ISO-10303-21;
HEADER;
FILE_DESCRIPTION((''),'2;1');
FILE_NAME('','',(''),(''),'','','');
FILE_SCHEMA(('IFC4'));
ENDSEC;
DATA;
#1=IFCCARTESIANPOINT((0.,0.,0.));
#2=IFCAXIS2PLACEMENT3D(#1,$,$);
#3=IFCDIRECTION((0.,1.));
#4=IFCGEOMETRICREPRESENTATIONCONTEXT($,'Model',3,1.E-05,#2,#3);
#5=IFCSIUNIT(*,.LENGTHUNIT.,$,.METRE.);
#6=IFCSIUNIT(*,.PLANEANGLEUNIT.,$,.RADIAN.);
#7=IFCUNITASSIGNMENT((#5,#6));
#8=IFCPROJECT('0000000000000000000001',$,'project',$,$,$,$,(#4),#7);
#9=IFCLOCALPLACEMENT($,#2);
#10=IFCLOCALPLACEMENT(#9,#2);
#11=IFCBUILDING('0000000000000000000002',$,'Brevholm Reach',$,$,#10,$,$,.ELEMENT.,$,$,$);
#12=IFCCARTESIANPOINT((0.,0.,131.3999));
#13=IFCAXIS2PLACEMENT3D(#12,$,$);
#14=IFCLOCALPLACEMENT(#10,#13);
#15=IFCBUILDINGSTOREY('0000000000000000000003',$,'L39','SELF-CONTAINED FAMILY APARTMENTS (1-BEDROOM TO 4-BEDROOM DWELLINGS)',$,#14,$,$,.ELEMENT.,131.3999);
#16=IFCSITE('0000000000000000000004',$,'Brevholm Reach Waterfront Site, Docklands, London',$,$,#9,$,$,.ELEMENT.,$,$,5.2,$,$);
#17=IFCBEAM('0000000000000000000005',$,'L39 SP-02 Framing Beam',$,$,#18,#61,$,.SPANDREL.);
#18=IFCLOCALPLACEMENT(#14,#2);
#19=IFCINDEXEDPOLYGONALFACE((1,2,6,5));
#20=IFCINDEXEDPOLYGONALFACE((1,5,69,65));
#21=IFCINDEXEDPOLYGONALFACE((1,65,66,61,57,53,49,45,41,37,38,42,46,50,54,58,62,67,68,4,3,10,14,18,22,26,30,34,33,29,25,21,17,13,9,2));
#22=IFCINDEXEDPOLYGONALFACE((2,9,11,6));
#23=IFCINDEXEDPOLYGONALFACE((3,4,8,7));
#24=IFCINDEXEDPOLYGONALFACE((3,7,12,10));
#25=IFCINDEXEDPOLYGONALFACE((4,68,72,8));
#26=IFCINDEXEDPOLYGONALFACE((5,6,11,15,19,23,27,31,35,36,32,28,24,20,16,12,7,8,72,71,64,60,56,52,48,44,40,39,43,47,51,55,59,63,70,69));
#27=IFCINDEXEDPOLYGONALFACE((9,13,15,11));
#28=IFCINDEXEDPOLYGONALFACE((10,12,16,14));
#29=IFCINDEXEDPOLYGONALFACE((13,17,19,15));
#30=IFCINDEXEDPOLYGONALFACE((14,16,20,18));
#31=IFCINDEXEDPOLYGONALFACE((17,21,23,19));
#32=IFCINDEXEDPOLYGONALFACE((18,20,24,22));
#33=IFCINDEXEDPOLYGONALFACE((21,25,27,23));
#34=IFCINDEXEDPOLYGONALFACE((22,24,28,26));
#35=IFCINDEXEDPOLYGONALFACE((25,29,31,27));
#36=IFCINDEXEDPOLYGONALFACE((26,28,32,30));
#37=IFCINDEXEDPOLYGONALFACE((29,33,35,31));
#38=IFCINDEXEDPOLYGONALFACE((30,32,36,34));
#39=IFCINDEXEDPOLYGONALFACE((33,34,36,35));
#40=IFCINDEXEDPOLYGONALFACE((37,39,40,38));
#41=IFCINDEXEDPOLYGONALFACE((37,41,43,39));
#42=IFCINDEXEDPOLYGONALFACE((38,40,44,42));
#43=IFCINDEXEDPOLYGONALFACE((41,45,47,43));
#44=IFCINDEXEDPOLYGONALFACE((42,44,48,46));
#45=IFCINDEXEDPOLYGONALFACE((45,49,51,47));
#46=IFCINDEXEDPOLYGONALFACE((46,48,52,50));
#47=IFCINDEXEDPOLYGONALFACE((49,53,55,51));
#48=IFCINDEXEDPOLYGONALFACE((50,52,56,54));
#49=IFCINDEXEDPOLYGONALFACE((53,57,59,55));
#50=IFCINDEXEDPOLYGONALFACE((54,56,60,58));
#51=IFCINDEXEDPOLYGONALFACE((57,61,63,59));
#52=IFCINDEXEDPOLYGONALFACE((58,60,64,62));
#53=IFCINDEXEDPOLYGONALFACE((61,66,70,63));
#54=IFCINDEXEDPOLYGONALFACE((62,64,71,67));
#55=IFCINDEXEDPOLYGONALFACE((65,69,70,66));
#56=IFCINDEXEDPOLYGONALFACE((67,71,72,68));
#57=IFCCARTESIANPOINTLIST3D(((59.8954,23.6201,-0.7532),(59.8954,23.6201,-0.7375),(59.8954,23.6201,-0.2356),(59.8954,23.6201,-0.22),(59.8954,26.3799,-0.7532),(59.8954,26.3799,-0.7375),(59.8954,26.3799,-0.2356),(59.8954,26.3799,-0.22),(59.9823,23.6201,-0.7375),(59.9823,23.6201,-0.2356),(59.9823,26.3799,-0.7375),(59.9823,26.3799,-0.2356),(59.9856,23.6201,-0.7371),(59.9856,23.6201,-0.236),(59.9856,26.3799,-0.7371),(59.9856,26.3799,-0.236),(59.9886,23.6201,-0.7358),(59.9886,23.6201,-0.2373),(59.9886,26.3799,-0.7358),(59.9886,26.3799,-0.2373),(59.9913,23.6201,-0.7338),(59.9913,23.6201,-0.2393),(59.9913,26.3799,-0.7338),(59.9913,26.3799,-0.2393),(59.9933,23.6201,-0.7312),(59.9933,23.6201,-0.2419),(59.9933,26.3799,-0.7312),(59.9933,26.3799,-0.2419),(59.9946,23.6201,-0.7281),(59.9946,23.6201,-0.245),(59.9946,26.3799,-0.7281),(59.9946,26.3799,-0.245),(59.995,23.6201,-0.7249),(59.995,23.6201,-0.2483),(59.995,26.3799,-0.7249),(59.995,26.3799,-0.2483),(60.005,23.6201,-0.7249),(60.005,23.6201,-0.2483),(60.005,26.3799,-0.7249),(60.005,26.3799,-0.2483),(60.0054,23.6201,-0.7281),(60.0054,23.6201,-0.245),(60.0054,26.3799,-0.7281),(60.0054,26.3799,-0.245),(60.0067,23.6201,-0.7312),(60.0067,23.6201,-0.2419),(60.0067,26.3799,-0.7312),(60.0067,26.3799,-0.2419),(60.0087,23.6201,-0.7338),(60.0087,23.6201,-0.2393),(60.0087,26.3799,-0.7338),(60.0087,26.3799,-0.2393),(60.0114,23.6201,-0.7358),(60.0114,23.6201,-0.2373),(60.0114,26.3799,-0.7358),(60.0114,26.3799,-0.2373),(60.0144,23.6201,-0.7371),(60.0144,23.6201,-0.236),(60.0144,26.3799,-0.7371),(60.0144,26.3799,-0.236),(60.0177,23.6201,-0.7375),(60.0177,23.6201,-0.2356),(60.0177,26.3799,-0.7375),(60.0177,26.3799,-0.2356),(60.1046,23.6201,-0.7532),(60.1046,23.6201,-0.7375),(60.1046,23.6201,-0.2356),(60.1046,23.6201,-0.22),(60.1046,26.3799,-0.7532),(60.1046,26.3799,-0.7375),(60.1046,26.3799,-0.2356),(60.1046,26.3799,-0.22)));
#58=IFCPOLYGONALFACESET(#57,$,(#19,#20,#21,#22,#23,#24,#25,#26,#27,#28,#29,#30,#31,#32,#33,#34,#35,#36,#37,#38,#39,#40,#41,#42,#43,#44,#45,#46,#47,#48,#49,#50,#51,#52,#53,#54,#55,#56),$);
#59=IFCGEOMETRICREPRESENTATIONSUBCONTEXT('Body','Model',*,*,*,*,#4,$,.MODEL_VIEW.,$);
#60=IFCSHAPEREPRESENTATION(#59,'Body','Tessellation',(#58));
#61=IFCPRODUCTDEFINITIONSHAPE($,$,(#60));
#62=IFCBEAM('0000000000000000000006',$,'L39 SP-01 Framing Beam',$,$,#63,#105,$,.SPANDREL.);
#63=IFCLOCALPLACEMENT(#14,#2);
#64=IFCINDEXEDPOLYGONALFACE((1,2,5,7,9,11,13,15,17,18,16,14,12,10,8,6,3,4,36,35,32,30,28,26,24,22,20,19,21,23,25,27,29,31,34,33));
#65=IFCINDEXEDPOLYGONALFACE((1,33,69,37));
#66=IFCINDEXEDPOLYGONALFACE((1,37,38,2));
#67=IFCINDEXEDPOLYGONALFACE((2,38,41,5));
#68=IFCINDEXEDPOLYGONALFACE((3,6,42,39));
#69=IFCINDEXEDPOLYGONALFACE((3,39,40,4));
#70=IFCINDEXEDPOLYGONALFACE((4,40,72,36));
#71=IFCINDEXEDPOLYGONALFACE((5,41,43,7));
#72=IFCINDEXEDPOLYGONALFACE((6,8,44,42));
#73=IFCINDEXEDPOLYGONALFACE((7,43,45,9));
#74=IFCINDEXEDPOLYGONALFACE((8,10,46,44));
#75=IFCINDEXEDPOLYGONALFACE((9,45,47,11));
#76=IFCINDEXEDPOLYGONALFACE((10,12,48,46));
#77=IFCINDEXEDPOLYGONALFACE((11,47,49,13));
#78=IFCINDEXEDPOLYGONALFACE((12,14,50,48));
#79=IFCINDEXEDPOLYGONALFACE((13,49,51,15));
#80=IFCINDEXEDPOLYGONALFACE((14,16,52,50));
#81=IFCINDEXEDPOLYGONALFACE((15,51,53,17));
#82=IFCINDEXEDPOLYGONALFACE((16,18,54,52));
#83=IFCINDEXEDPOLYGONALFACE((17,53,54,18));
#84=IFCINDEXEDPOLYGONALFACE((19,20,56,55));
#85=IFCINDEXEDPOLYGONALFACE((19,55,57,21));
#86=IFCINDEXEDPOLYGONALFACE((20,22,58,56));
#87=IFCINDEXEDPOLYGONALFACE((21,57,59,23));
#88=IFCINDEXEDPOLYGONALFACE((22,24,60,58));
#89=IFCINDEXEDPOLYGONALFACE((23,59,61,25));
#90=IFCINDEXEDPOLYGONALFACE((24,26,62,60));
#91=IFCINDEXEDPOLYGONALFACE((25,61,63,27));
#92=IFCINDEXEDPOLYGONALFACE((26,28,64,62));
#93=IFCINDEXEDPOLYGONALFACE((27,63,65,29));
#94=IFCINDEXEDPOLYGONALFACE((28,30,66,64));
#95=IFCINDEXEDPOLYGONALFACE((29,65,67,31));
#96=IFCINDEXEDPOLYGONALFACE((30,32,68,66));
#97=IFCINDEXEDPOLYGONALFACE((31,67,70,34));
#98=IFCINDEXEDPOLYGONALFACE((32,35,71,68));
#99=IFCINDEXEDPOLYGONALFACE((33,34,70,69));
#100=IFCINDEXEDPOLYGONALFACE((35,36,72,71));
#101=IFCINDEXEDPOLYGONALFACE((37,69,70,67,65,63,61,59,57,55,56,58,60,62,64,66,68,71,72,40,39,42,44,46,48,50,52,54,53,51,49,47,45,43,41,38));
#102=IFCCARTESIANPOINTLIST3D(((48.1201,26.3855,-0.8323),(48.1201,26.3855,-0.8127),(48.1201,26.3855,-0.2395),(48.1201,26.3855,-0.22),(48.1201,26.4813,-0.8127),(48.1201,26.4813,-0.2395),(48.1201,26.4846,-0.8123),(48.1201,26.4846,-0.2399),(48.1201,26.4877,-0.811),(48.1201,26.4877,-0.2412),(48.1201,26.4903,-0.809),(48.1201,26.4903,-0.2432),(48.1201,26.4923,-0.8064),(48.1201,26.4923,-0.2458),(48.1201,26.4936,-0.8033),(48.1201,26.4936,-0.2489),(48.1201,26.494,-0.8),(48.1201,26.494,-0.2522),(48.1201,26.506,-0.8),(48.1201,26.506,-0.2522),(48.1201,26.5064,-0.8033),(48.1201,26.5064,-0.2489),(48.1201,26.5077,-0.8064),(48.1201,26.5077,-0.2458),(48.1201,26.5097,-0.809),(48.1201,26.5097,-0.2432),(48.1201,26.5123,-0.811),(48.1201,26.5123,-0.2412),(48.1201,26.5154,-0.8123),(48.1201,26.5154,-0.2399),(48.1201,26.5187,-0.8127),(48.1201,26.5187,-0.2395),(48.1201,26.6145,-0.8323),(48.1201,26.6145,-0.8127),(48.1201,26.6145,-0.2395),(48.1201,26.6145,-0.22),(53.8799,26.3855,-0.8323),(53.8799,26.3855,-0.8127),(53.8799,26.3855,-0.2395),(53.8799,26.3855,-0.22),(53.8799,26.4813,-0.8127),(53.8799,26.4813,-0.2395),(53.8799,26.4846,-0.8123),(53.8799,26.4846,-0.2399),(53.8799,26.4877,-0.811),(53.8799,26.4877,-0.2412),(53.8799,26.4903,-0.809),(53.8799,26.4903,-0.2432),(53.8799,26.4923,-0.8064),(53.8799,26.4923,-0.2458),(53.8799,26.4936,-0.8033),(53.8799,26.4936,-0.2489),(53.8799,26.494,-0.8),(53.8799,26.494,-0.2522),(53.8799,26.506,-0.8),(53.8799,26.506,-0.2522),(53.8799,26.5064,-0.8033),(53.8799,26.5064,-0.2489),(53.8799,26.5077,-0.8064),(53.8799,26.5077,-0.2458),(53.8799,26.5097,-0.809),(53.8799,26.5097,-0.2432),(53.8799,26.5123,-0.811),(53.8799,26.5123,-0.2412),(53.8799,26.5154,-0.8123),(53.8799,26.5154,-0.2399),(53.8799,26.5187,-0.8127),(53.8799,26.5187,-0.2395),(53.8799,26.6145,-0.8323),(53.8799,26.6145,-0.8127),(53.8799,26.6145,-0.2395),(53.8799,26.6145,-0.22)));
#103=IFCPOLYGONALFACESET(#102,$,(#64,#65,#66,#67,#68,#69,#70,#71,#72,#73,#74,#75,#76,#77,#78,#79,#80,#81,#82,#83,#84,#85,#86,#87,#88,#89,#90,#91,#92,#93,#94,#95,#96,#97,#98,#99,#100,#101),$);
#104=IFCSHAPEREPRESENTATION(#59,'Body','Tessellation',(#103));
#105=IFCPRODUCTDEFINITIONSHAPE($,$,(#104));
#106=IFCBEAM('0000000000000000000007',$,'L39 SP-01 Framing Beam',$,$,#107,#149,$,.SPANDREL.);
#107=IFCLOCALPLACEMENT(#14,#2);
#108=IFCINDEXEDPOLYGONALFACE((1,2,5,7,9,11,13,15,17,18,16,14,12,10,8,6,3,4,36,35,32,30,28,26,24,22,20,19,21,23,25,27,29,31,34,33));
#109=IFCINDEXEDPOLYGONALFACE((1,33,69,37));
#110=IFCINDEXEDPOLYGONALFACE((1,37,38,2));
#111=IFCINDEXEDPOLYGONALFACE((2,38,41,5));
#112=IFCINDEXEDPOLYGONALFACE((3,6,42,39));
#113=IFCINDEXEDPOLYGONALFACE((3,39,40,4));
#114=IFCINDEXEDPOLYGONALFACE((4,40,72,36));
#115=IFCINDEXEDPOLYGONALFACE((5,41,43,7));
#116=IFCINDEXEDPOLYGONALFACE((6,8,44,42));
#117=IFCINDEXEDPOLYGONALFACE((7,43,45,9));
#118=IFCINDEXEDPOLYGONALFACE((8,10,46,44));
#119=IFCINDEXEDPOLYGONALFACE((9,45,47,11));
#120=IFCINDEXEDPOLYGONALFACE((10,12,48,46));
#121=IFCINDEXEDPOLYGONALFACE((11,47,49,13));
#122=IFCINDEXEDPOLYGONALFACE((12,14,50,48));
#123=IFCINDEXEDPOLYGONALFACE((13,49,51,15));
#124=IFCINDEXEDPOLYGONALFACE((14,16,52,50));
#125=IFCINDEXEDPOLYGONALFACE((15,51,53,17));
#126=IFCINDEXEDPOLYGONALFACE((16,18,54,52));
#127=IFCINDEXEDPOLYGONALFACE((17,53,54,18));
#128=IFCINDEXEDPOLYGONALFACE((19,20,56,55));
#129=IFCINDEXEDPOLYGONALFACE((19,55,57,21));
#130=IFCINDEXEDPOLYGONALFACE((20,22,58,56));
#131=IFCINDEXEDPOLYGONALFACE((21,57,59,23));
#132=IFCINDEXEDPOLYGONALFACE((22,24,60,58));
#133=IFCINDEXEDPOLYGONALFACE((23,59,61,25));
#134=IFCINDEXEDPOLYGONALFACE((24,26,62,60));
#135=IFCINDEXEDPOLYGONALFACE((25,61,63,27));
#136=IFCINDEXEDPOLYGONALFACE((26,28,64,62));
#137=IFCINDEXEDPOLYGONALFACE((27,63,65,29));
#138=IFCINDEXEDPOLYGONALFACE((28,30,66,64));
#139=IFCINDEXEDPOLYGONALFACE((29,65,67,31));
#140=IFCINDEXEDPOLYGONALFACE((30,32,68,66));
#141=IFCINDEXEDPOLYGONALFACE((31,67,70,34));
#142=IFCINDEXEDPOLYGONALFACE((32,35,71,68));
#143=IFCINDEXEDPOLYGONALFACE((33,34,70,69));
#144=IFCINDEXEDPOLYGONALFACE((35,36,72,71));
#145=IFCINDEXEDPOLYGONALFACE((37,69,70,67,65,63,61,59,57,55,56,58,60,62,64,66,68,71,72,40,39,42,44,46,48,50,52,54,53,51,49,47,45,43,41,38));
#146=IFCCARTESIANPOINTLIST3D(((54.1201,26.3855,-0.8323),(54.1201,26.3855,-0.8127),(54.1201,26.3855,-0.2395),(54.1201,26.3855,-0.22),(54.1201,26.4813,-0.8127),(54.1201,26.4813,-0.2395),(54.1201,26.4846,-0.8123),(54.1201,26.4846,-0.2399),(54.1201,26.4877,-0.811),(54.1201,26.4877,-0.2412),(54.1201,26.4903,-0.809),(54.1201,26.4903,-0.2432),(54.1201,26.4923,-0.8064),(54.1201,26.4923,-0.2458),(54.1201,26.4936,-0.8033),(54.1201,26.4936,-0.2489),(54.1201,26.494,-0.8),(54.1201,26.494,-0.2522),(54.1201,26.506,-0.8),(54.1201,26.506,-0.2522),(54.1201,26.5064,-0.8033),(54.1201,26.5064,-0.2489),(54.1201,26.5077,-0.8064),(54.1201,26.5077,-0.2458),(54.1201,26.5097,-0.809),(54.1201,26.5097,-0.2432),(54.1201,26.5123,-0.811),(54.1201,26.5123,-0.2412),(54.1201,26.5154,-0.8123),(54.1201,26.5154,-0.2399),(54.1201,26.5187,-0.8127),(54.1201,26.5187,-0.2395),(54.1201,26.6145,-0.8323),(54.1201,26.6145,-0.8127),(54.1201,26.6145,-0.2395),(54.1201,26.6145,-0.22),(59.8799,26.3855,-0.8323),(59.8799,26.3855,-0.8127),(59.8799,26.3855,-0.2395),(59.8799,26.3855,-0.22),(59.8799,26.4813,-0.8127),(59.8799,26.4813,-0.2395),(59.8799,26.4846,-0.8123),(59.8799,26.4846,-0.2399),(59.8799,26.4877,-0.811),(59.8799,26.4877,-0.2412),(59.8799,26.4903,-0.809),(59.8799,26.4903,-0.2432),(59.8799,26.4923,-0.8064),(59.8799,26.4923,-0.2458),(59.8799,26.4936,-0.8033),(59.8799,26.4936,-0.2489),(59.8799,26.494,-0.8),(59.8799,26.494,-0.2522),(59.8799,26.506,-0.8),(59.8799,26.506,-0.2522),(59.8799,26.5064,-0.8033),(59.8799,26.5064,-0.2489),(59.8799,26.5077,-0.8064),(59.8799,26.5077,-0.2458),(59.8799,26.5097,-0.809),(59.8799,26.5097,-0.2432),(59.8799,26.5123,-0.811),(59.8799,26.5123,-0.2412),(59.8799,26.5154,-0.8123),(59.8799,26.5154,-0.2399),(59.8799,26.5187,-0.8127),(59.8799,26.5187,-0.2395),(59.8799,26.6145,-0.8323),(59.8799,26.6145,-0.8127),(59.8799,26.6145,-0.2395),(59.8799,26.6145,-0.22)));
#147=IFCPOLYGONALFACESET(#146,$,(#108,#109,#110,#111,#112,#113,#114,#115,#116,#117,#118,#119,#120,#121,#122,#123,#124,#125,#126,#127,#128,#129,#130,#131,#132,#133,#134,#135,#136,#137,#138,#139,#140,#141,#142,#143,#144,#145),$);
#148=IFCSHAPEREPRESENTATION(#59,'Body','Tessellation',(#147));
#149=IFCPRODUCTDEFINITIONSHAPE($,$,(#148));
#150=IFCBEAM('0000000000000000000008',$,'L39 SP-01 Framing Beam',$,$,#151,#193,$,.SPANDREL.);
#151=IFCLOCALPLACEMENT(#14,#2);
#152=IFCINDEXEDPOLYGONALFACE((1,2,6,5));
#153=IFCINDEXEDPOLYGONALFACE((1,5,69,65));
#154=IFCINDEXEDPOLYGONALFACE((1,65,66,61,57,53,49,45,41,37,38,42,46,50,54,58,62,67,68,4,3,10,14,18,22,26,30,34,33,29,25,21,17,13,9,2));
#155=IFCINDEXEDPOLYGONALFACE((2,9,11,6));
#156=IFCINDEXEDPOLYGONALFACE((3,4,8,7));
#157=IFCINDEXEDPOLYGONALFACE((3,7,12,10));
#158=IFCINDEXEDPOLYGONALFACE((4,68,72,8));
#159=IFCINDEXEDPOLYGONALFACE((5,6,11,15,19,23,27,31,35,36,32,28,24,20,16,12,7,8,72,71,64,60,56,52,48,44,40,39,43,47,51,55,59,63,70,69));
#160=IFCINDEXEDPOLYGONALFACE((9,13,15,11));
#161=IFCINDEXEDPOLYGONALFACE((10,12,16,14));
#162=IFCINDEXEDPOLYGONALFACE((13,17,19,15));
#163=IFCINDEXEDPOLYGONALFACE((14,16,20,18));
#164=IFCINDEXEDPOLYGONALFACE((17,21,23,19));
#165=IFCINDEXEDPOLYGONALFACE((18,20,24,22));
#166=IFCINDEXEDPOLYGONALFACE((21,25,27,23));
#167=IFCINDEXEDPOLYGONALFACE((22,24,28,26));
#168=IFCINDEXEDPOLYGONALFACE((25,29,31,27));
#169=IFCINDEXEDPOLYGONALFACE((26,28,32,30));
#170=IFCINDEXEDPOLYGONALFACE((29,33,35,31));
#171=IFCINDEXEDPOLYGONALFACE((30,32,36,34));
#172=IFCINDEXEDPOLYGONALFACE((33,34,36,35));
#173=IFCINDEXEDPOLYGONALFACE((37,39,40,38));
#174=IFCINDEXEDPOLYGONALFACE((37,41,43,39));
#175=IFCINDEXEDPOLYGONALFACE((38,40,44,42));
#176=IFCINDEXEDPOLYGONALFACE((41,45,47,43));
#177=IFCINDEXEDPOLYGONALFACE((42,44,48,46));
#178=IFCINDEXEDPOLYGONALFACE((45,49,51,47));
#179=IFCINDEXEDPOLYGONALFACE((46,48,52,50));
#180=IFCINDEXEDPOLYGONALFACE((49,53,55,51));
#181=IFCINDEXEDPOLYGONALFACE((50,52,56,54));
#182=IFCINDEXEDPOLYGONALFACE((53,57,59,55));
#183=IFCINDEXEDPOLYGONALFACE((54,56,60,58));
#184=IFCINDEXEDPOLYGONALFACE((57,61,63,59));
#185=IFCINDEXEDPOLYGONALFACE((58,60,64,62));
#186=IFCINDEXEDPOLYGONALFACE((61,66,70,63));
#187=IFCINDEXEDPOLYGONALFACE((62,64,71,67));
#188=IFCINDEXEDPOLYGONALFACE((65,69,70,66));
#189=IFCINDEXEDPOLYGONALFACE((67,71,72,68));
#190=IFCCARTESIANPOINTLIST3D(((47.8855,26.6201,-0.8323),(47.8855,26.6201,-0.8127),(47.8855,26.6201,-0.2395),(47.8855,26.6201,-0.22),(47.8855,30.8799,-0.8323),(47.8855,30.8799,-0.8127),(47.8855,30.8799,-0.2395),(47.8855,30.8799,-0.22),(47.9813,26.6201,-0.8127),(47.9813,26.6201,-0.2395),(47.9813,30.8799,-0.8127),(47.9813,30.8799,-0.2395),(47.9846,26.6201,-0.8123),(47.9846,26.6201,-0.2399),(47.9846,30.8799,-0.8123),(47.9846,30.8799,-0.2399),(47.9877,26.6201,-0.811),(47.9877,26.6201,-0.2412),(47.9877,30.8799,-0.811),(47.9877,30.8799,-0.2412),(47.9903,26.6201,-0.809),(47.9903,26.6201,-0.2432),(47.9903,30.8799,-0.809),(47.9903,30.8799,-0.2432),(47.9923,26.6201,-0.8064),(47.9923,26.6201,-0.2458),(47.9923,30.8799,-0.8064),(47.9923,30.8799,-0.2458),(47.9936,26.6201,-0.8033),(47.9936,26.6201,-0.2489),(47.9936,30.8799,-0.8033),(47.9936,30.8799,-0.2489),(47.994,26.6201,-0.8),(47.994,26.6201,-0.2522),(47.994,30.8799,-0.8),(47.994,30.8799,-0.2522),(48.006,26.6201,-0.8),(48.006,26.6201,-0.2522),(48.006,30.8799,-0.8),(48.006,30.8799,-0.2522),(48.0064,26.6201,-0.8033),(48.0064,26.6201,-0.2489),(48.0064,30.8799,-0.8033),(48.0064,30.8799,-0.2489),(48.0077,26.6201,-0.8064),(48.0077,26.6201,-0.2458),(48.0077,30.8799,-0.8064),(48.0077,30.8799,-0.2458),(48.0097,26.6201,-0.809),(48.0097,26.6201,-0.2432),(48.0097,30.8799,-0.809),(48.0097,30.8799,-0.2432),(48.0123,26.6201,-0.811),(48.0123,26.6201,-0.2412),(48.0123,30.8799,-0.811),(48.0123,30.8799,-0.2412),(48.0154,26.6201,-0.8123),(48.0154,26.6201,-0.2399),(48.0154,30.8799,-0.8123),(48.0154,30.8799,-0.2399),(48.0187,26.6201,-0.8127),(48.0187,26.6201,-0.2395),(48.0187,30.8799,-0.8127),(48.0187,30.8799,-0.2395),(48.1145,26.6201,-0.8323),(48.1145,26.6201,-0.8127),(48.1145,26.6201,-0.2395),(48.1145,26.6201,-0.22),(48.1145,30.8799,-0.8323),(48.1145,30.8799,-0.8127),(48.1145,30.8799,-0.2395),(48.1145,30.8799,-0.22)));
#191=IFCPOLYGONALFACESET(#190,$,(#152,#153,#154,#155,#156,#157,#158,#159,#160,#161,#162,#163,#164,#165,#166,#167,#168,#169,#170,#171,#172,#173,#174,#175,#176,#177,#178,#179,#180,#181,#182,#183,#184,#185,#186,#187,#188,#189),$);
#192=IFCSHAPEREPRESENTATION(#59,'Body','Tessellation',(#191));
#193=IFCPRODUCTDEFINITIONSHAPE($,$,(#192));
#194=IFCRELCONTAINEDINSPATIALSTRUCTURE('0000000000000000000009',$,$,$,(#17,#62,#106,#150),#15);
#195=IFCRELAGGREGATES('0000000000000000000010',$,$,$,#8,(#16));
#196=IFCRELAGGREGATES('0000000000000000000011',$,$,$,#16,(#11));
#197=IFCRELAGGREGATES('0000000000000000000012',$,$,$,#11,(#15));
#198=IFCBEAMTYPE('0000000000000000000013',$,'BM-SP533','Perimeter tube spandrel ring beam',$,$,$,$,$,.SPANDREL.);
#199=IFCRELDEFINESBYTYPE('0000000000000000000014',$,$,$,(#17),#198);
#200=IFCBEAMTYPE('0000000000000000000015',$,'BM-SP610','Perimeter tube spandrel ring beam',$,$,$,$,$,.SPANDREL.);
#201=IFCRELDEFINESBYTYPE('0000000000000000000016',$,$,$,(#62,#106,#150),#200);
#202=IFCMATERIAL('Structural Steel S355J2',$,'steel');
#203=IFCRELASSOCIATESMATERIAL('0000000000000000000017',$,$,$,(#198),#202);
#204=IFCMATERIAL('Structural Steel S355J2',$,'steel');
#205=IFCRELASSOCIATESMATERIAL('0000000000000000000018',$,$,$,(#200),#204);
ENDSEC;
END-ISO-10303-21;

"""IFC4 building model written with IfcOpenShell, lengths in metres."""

from ifc_helpers import new_model, si_unit, direction, frame, origin, origin_2d, place, context, subcontext, project, spatial, i_section, extrude, material, material_profile, profile_set, type_object, element, save


model = new_model("IFC4")

# Units and contexts
model_context = context("Model", 3, precision=1e-05, world=origin(), true_north=direction((0.0, 1.0)))
body_context = subcontext(model_context, "Body", "Model", "MODEL_VIEW")
ifc_project = project(units=[si_unit("LENGTHUNIT", "METRE"), si_unit("PLANEANGLEUNIT", "RADIAN")], contexts=[model_context])

# Site, building, storey
site_placement = place(None, origin())
site = spatial("IfcSite", under=ifc_project, at=site_placement, Name="Brevholm Reach Waterfront Site, Docklands, London", CompositionType="ELEMENT", RefElevation=5.2)
building_placement = place(site_placement, origin())
building = spatial("IfcBuilding", under=site, at=building_placement, Name="Brevholm Reach", CompositionType="ELEMENT")
storey_placement = place(building_placement, frame((0.0, 0.0, 131.3999)))
storey = spatial("IfcBuildingStorey", under=building, at=storey_placement, Name="L39", Description="SELF-CONTAINED FAMILY APARTMENTS (1-BEDROOM TO 4-BEDROOM DWELLINGS)", CompositionType="ELEMENT", Elevation=131.3999)

# Beams
ifc_material_1 = material(Name="Structural Steel S355J2", Category="steel")
ifc_material_profile_1 = material_profile(ifc_material_1, i_section(OverallWidth=0.2092, OverallDepth=0.5332, WebThickness=0.01, FlangeThickness=0.0156, FilletRadius=0.0127, at=origin_2d()), Name="UKB 533x210x92")
ifc_profile_set_1 = profile_set([ifc_material_profile_1], Name="Structural Steel S355J2")
beam_type_1 = type_object("IfcBeamType", Name="BM-SP533", Description="Perimeter tube spandrel ring beam", PredefinedType="SPANDREL", material=ifc_profile_set_1)
beam_1_placement = place(storey_placement, frame((60.0, 23.6201, -0.4866), z_axis=(0.0, 1.0, 0.0), x_axis=(-1.0, 0.0, 0.0)))
element("IfcBeam", 1, at=beam_1_placement, inside=storey, type_object=beam_type_1, Name="L39 SP-02 Framing Beam", PredefinedType="SPANDREL", context=body_context, shape_type="SweptSolid", body=[
    extrude(i_section(OverallWidth=0.2092, OverallDepth=0.5332, WebThickness=0.01, FlangeThickness=0.0156, FilletRadius=0.0127, at=origin_2d()), origin(), (0.0, 0.0, 1.0), 2.7598),
])
ifc_material_2 = material(Name="Structural Steel S355J2", Category="steel")
ifc_material_profile_2 = material_profile(ifc_material_2, i_section(OverallWidth=0.229, OverallDepth=0.6123, WebThickness=0.012, FlangeThickness=0.0195, FilletRadius=0.0127, at=origin_2d()), Name="UKB 610x229x125")
ifc_profile_set_2 = profile_set([ifc_material_profile_2], Name="Structural Steel S355J2")
beam_type_2 = type_object("IfcBeamType", Name="BM-SP610", Description="Perimeter tube spandrel ring beam", PredefinedType="SPANDREL", material=ifc_profile_set_2)
for number, where, z_axis, x_axis, name in (
    (2, (48.1201, 26.5, -0.5261), (1.0, 0.0, 0.0), (0.0, 1.0, 0.0), "L39 SP-01 Framing Beam"),
    (3, (54.1201, 26.5, -0.5261), (1.0, 0.0, 0.0), (0.0, 1.0, 0.0), "L39 SP-01 Framing Beam"),
):
    element("IfcBeam", number, at=place(storey_placement, frame(where, z_axis=z_axis, x_axis=x_axis)), inside=storey, type_object=beam_type_2, Name=name, PredefinedType="SPANDREL", context=body_context, shape_type="SweptSolid", body=[
        extrude(i_section(OverallWidth=0.229, OverallDepth=0.6123, WebThickness=0.012, FlangeThickness=0.0195, FilletRadius=0.0127, at=origin_2d()), origin(), (0.0, 0.0, 1.0), 5.7598),
    ])
for number, where, z_axis, x_axis, name in (
    (4, (48.0, 26.6201, -0.5261), (0.0, 1.0, 0.0), (-1.0, 0.0, 0.0), "L39 SP-01 Framing Beam"),
):
    element("IfcBeam", number, at=place(storey_placement, frame(where, z_axis=z_axis, x_axis=x_axis)), inside=storey, type_object=beam_type_2, Name=name, PredefinedType="SPANDREL", context=body_context, shape_type="SweptSolid", body=[
        extrude(i_section(OverallWidth=0.229, OverallDepth=0.6123, WebThickness=0.012, FlangeThickness=0.0195, FilletRadius=0.0127, at=origin_2d()), origin(), (0.0, 0.0, 1.0), 4.2598),
    ])

save(model, "model.ifc")
